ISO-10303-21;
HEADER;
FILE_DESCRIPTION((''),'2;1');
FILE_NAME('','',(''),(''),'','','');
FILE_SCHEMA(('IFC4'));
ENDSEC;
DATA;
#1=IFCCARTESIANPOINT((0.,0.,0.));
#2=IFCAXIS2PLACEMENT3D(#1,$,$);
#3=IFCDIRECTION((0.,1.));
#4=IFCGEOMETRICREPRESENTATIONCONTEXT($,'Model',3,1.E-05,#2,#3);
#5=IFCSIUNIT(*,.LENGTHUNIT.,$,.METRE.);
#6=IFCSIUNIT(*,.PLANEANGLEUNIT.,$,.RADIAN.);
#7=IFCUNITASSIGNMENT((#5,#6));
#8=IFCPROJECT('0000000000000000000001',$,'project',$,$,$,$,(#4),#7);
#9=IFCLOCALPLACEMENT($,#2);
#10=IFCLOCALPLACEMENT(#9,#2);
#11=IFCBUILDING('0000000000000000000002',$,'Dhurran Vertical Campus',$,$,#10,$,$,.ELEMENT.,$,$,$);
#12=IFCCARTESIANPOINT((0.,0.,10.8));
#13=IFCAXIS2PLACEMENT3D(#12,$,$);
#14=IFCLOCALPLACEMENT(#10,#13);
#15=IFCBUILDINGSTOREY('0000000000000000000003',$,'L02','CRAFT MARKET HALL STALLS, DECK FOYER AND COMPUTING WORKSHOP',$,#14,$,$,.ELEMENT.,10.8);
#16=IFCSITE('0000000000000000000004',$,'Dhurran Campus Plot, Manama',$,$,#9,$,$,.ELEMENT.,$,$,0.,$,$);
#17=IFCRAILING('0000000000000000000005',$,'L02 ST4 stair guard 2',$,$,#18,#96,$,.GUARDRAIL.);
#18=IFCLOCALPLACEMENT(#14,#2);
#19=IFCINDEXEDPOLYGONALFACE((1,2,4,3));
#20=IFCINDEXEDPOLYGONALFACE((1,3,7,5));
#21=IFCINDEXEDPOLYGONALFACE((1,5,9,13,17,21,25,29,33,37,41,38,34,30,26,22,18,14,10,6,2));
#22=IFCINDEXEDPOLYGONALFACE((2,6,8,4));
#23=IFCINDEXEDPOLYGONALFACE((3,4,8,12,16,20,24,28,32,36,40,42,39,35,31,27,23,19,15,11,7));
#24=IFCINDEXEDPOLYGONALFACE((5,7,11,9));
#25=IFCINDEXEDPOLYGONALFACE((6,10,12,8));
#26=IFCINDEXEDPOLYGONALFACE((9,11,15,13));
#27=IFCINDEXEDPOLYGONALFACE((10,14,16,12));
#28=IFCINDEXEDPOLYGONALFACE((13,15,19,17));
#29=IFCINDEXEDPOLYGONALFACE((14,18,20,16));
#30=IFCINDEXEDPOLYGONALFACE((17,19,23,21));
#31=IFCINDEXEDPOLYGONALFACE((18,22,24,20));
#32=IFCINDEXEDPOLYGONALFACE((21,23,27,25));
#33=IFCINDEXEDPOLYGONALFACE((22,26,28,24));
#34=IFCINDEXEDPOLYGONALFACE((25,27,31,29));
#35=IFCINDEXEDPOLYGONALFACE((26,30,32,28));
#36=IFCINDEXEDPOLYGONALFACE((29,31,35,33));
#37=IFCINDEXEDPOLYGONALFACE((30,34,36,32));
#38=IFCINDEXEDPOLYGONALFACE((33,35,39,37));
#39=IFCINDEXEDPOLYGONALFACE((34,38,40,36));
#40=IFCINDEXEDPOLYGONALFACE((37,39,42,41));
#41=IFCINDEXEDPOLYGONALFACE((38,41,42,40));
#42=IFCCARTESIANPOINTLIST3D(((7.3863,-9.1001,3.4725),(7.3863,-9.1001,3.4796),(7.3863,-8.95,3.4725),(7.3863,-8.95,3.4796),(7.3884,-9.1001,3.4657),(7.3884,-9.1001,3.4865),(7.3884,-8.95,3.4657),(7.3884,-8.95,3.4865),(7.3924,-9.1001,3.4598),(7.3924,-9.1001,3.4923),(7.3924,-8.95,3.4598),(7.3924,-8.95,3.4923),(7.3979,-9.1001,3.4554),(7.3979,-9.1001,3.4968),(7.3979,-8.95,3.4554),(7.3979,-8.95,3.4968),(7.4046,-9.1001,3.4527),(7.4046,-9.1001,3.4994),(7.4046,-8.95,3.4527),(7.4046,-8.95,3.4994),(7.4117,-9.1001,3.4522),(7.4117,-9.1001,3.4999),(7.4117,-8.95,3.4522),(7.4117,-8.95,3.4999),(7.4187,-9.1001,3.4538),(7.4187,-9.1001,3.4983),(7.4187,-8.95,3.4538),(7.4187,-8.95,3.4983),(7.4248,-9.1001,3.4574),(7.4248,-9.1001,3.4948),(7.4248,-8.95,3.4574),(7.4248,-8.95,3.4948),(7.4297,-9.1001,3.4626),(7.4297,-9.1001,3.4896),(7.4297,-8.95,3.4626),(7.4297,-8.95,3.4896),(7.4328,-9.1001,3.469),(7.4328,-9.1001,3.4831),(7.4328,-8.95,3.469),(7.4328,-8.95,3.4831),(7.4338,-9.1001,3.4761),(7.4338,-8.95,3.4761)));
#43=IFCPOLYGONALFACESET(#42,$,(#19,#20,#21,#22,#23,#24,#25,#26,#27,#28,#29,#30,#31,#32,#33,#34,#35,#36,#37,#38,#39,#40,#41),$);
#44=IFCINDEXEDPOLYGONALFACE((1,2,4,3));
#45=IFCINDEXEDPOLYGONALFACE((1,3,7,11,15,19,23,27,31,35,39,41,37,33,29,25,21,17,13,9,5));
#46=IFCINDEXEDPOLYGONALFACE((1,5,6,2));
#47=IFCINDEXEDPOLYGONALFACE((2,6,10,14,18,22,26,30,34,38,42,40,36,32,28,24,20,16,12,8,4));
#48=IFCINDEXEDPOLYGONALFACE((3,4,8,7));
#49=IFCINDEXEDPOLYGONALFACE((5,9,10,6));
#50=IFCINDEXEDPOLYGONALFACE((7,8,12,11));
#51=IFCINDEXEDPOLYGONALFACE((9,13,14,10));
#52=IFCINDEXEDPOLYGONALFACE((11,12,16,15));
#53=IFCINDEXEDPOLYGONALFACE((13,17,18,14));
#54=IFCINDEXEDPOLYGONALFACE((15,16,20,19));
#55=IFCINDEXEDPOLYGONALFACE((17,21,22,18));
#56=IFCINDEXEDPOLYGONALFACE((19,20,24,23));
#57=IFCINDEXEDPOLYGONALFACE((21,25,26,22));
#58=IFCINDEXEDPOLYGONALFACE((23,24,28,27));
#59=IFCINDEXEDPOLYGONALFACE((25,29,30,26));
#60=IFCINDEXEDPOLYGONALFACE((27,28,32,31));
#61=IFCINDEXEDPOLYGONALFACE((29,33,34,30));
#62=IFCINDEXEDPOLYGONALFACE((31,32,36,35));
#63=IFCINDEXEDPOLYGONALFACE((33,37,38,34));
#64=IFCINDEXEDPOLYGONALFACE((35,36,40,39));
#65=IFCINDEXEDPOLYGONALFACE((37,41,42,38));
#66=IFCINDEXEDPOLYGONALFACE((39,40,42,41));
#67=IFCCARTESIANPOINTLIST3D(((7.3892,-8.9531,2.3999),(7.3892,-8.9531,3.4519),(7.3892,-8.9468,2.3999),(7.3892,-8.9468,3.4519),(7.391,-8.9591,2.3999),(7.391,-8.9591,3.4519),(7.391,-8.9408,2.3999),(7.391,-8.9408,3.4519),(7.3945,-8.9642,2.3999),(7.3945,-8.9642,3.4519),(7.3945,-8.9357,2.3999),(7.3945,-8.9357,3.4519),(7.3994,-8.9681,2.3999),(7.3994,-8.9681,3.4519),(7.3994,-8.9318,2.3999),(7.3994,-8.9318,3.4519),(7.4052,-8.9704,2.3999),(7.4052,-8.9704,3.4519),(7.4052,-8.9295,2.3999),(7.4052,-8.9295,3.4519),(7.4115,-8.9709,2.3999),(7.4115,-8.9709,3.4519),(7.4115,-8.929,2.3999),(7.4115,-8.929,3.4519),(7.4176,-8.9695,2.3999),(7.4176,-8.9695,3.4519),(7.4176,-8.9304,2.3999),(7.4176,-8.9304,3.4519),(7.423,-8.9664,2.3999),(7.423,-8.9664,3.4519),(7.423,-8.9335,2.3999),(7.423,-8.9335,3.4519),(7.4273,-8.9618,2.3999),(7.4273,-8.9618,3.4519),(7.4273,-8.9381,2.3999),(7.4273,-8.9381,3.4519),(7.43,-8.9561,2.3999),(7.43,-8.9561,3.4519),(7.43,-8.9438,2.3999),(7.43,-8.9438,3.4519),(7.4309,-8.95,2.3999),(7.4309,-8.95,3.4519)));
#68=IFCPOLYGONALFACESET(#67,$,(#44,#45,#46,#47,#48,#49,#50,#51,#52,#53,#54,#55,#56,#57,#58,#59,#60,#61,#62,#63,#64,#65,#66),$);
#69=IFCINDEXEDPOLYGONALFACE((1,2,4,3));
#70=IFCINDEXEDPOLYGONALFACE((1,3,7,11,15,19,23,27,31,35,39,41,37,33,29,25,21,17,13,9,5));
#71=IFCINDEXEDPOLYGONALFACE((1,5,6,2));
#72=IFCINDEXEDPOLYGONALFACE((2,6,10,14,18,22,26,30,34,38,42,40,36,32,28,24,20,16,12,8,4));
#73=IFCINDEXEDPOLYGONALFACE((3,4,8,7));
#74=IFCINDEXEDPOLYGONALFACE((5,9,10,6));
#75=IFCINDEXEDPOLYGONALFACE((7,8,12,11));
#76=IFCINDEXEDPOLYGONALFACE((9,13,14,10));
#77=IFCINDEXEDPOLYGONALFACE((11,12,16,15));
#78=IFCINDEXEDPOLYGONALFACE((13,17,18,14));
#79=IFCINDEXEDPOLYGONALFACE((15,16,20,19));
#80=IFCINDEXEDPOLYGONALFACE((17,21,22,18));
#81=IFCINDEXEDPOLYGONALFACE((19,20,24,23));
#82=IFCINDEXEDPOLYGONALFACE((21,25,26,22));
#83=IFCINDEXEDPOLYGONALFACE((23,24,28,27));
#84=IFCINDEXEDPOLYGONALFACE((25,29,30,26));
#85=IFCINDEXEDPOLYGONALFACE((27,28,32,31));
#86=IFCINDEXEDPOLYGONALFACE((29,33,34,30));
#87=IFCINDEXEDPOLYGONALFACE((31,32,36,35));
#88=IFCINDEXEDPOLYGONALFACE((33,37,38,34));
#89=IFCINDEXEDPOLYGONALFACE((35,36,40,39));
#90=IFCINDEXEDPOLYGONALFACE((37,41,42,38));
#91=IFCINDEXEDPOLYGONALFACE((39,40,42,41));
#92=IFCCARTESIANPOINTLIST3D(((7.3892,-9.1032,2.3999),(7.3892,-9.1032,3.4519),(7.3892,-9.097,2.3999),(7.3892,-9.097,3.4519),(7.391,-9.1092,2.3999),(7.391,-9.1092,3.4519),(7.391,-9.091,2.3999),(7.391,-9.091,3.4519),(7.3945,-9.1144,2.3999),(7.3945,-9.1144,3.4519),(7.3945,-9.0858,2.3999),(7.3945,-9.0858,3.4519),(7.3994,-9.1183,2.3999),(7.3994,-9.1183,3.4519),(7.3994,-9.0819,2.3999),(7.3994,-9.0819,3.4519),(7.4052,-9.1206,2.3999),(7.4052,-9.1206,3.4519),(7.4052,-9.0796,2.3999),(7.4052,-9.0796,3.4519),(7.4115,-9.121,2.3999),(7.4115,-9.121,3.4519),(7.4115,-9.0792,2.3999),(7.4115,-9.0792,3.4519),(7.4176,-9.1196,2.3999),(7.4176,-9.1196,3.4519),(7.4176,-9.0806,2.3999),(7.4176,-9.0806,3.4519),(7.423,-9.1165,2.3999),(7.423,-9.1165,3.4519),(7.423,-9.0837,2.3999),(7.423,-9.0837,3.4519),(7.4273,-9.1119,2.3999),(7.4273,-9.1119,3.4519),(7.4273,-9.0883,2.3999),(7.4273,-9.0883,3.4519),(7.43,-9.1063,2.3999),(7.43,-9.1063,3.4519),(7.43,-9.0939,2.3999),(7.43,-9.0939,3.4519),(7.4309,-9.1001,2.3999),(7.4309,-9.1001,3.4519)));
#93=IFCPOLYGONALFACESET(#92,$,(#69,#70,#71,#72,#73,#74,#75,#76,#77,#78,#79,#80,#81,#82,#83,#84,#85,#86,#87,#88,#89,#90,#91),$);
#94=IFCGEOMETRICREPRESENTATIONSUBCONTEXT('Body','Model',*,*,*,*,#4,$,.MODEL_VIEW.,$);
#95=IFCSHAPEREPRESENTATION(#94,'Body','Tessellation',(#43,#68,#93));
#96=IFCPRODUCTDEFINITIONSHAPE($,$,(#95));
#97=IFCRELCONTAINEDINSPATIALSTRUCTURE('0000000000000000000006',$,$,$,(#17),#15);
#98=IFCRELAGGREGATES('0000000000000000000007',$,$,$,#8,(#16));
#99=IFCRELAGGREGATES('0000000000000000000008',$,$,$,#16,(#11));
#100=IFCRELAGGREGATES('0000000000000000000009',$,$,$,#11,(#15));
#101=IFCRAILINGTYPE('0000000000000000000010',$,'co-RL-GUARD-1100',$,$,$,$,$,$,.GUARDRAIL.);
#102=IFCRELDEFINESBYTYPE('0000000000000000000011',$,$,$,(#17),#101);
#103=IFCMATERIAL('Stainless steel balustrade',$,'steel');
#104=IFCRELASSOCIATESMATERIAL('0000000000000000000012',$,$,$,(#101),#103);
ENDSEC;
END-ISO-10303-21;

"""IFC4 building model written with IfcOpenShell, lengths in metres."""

from ifc_helpers import new_model, si_unit, direction, frame, origin, origin_2d, place, context, subcontext, project, spatial, circle, extrude, material, type_object, element, save


model = new_model("IFC4")

# Units and contexts
model_context = context("Model", 3, precision=1e-05, world=origin(), true_north=direction((0.0, 1.0)))
body_context = subcontext(model_context, "Body", "Model", "MODEL_VIEW")
ifc_project = project(units=[si_unit("LENGTHUNIT", "METRE"), si_unit("PLANEANGLEUNIT", "RADIAN")], contexts=[model_context])

# Site, building, storey
site_placement = place(None, origin())
site = spatial("IfcSite", under=ifc_project, at=site_placement, Name="Dhurran Campus Plot, Manama", CompositionType="ELEMENT", RefElevation=0.0)
building_placement = place(site_placement, origin())
building = spatial("IfcBuilding", under=site, at=building_placement, Name="Dhurran Vertical Campus", CompositionType="ELEMENT")
storey_placement = place(building_placement, frame((0.0, 0.0, 10.8)))
storey = spatial("IfcBuildingStorey", under=building, at=storey_placement, Name="L02", Description="CRAFT MARKET HALL STALLS, DECK FOYER AND COMPUTING WORKSHOP", CompositionType="ELEMENT", Elevation=10.8)

# Railing
ifc_material_1 = material(Name="Stainless steel balustrade", Category="steel")
railing_type_1 = type_object("IfcRailingType", Name="co-RL-GUARD-1100", PredefinedType="GUARDRAIL", material=ifc_material_1)
railing_1_placement = place(storey_placement, frame((7.4099, -8.95, 2.3999)))
element("IfcRailing", 1, at=railing_1_placement, inside=storey, type_object=railing_type_1, Name="L02 ST4 stair guard 2", PredefinedType="GUARDRAIL", context=body_context, shape_type="SweptSolid", body=[
    extrude(circle(Radius=0.0239, at=origin_2d()), frame((0.0, 0.0, 1.0762), z_axis=(0.0, -1.0, 0.0), x_axis=(1.0, 0.0, 0.0)), (0.0, 0.0, 1.0), 0.1501),
    extrude(circle(Radius=0.021, at=origin_2d()), origin(), (0.0, 0.0, 1.0), 1.052),
    extrude(circle(Radius=0.021, at=origin_2d()), frame((0.0, -0.1501, 0.0)), (0.0, 0.0, 1.0), 1.052),
])

save(model, "model.ifc")
